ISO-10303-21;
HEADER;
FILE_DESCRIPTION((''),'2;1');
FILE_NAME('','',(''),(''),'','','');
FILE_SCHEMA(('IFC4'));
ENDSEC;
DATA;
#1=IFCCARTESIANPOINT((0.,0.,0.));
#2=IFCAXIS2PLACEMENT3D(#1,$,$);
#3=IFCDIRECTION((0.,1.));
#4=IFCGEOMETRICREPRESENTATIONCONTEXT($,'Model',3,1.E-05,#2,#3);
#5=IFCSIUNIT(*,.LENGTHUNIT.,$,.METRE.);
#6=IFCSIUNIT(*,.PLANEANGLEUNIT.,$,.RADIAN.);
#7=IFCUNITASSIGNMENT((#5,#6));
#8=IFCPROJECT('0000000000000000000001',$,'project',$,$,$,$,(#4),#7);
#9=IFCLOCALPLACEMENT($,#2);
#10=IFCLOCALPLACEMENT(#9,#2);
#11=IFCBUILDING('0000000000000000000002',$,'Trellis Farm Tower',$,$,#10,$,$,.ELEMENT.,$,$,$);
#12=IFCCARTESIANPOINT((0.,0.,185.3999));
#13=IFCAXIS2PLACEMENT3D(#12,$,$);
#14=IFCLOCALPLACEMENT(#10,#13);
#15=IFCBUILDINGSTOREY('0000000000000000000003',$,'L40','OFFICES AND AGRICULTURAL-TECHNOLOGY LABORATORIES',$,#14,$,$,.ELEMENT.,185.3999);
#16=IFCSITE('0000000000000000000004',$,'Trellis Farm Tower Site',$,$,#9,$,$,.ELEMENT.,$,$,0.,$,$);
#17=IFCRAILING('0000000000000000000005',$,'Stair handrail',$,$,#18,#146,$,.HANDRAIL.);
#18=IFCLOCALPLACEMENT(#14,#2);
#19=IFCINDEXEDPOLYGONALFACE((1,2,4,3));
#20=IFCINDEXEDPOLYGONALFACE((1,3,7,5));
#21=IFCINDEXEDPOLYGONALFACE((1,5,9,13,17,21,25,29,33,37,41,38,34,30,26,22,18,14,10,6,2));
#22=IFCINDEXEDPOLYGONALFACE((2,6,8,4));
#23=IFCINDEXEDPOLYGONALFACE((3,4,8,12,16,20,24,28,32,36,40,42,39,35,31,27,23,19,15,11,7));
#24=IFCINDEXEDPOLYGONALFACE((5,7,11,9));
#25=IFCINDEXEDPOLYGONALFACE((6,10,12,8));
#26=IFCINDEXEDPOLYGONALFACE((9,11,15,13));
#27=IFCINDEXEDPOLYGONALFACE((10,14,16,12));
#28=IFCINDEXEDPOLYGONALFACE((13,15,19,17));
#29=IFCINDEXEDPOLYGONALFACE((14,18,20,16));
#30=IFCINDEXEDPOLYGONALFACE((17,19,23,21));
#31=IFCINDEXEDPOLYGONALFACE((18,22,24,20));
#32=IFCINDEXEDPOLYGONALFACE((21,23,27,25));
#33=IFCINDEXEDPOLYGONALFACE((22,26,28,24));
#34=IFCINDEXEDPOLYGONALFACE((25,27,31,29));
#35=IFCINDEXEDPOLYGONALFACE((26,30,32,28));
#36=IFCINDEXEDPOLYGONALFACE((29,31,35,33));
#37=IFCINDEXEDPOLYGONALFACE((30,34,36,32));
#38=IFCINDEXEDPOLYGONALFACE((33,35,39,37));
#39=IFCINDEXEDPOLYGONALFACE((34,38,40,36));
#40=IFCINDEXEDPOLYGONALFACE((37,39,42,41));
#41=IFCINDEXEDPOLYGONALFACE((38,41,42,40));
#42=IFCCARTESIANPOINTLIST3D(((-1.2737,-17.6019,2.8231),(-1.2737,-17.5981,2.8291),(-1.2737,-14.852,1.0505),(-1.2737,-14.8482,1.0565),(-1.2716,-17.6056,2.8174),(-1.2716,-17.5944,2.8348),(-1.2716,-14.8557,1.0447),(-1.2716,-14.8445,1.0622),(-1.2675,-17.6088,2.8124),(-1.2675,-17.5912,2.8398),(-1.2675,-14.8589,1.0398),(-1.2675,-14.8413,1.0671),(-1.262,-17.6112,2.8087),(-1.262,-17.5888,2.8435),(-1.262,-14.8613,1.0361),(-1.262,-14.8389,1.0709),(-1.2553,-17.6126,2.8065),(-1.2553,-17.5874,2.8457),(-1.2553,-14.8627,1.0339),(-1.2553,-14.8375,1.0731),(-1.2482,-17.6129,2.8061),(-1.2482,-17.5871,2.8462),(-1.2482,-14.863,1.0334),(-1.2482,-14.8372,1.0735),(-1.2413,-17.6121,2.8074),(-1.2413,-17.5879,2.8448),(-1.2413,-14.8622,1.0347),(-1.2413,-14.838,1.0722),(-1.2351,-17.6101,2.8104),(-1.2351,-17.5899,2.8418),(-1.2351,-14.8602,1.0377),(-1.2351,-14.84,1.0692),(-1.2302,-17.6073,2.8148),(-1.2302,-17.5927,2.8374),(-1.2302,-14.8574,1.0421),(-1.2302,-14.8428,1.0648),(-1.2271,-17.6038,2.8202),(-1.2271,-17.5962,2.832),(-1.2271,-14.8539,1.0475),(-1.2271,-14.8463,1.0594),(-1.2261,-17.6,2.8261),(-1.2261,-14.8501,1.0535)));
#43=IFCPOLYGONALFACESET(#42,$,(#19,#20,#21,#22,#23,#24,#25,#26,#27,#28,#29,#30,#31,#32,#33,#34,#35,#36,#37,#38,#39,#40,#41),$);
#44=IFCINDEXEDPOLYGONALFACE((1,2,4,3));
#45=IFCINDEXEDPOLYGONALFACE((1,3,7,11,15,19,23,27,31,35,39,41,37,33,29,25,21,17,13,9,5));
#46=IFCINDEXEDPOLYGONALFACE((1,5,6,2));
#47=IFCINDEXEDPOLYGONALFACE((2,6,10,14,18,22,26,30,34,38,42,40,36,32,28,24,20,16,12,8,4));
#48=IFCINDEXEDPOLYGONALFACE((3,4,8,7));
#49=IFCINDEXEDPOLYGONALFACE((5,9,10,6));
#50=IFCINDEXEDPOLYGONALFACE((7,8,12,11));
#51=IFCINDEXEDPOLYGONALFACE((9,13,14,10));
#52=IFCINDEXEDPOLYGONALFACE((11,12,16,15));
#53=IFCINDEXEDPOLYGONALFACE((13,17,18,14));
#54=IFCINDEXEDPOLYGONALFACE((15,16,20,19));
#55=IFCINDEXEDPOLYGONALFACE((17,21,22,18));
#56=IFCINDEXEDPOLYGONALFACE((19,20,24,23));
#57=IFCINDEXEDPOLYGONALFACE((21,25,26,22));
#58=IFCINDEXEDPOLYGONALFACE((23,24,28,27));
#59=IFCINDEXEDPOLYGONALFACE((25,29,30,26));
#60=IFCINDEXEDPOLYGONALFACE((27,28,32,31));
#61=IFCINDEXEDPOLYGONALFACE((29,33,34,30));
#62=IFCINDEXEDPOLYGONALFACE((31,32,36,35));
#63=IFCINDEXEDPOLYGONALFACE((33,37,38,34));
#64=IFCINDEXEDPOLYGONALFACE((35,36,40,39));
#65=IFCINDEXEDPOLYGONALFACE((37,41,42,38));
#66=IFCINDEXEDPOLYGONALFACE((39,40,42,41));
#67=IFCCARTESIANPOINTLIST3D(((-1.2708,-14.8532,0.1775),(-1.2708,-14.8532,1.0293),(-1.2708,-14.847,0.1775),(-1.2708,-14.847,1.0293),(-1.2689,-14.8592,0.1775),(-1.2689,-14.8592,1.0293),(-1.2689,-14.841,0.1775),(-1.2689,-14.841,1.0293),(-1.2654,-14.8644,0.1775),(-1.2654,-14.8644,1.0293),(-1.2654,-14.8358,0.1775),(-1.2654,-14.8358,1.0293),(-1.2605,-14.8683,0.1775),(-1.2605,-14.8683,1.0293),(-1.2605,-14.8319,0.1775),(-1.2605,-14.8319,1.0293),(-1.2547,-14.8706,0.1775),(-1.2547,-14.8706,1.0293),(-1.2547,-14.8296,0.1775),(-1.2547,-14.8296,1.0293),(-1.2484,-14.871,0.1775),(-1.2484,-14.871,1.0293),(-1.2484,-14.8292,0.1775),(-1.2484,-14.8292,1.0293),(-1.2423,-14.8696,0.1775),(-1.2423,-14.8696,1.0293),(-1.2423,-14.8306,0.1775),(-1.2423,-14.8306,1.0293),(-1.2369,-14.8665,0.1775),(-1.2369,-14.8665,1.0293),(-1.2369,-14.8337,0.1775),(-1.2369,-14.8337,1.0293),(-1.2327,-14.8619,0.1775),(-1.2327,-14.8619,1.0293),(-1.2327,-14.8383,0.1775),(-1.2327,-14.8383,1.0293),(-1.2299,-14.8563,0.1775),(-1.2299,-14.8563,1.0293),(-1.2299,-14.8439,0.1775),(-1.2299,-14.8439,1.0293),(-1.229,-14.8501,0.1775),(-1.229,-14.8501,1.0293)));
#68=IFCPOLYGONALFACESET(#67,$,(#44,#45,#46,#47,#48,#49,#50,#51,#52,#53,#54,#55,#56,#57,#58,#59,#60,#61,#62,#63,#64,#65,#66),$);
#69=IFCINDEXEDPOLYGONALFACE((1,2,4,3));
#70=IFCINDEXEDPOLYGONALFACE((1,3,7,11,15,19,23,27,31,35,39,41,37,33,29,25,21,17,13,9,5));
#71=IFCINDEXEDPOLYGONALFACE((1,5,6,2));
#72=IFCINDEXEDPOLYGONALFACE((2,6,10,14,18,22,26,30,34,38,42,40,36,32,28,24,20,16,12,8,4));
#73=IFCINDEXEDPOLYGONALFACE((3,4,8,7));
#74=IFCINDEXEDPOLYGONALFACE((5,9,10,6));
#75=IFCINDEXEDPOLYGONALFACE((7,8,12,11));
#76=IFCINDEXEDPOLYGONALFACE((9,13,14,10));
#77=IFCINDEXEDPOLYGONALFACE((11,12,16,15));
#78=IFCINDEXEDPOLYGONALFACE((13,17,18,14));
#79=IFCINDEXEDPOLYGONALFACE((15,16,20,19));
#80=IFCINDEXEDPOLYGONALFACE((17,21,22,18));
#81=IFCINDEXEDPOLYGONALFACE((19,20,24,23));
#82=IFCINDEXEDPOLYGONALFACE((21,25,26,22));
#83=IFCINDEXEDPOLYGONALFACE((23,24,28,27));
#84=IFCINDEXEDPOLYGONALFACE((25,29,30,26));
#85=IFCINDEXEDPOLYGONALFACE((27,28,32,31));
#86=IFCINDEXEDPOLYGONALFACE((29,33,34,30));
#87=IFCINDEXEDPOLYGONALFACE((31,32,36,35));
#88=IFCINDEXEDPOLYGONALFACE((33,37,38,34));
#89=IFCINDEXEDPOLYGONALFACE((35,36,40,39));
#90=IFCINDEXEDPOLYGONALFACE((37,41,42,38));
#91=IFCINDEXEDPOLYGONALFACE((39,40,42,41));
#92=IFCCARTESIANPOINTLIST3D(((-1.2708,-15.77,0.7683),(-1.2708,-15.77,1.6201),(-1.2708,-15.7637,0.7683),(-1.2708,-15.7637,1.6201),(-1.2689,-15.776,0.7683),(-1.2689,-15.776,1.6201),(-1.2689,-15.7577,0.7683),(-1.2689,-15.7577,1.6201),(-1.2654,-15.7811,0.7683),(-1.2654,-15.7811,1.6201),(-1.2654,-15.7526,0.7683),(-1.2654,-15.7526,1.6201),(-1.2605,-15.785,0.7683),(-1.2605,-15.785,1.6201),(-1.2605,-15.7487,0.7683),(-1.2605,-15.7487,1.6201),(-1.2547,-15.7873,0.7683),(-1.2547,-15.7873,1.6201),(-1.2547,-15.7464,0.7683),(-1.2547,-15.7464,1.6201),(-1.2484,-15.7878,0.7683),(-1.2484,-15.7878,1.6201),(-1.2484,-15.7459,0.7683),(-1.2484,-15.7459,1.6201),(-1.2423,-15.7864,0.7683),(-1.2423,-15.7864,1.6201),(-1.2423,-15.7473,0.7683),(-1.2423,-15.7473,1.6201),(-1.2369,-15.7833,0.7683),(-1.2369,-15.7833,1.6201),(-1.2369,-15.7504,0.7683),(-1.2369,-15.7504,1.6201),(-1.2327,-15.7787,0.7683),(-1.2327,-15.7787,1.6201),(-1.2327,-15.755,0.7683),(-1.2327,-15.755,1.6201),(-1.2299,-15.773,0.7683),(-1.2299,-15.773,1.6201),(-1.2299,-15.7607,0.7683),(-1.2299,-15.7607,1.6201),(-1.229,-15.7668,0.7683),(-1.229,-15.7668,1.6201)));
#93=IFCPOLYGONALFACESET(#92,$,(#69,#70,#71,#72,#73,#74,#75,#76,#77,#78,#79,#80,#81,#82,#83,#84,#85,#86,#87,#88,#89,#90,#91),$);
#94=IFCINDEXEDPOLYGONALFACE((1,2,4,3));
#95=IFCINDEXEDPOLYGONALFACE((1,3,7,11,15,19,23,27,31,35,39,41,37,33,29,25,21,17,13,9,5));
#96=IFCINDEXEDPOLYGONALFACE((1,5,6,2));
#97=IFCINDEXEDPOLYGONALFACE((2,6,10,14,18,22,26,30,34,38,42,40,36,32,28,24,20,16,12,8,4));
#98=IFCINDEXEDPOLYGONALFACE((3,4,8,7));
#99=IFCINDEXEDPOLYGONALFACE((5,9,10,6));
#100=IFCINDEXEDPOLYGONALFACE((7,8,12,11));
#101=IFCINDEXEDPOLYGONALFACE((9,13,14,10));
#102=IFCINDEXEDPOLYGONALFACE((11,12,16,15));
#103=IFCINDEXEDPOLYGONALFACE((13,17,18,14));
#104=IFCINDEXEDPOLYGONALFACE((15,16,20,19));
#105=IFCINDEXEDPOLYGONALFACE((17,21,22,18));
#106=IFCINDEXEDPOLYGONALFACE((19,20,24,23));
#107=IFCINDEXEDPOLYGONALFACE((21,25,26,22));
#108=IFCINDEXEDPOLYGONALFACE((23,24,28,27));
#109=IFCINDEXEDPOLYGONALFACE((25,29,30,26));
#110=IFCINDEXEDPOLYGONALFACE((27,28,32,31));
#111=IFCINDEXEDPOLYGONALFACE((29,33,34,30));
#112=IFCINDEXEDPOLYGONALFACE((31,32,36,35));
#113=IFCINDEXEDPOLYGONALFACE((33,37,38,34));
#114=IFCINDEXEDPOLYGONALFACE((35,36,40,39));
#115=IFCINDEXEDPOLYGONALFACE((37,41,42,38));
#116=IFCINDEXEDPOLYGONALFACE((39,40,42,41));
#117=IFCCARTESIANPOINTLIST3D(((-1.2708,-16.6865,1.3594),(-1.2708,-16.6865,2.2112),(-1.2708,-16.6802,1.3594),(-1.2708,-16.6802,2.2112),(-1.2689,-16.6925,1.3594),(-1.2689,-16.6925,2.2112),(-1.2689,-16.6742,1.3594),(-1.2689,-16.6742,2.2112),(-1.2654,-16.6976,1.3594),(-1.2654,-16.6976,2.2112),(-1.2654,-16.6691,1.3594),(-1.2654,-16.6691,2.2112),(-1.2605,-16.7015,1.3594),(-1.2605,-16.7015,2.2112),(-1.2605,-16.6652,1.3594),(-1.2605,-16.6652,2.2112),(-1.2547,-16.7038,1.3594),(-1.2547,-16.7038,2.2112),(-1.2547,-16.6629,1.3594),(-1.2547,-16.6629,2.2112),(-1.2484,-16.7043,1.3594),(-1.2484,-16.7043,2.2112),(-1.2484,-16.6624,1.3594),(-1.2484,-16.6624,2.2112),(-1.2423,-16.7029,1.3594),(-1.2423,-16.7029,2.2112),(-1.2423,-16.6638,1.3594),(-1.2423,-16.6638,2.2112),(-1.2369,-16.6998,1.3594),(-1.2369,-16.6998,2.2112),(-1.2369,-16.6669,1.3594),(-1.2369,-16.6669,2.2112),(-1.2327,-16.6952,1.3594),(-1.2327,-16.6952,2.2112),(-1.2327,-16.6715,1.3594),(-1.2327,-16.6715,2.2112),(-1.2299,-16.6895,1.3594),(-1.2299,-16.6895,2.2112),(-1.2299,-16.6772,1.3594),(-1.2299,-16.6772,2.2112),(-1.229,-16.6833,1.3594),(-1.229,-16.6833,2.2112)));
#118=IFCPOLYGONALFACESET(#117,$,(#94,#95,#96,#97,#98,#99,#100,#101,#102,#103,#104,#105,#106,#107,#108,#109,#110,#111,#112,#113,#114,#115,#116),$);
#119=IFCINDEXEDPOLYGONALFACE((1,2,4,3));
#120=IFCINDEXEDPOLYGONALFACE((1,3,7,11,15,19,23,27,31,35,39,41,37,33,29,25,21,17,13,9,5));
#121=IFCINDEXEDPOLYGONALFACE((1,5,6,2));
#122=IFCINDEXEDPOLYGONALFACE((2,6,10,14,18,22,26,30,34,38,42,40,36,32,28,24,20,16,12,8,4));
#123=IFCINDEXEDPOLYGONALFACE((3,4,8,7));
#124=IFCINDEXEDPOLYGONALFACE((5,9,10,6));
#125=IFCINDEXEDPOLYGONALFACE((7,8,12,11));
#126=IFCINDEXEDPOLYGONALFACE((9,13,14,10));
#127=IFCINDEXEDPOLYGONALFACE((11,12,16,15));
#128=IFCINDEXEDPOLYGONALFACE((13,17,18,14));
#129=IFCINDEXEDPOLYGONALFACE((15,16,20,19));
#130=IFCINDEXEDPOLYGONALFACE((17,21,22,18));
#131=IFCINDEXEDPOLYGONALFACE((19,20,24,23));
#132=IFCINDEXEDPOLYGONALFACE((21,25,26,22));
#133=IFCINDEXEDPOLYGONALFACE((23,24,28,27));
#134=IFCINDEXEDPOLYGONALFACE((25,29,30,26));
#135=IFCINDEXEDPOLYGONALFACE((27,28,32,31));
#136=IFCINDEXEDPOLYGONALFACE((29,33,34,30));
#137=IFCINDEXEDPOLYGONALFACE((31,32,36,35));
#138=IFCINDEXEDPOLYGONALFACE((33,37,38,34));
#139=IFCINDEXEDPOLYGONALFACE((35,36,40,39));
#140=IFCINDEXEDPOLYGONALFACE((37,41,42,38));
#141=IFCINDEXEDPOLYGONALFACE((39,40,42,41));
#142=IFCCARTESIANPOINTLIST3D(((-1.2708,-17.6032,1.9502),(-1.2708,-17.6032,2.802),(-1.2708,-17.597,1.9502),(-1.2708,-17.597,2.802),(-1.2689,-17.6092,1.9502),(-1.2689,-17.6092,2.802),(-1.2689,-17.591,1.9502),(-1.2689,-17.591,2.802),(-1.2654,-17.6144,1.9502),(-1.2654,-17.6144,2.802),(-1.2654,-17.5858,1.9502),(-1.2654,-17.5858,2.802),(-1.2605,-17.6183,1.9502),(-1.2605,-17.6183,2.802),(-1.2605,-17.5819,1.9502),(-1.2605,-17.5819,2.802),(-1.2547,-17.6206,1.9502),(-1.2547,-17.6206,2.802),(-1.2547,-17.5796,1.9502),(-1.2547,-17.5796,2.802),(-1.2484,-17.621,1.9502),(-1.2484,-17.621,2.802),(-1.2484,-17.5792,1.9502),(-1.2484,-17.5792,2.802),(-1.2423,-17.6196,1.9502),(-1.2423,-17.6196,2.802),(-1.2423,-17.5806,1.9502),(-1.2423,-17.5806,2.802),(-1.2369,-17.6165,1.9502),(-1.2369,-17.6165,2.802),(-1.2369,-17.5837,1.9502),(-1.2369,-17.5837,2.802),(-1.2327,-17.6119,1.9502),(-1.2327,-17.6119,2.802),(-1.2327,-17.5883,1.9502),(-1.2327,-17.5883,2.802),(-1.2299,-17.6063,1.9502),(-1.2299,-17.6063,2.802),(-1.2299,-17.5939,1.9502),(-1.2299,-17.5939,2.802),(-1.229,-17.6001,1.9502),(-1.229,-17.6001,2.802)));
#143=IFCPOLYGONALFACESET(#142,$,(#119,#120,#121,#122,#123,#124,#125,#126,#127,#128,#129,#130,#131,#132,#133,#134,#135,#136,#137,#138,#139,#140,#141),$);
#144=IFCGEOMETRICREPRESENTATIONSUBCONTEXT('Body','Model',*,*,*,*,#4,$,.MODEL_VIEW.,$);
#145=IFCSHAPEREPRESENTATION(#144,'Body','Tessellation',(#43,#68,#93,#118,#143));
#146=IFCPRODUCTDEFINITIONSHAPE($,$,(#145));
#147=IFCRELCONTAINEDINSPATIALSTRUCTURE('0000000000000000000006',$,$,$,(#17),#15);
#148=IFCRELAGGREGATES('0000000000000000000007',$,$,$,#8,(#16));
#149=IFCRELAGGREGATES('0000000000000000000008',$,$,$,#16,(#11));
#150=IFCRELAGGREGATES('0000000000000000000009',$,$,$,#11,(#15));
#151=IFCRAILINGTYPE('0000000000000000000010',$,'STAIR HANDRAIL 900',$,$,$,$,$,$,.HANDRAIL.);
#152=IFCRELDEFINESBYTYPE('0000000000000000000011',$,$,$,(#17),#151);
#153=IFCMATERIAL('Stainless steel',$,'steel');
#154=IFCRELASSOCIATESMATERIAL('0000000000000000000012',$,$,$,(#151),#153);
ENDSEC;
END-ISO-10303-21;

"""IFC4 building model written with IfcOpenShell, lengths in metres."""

from ifc_helpers import new_model, si_unit, direction, frame, origin, origin_2d, place, context, subcontext, project, spatial, circle, extrude, source, transform, mapped, material, type_object, element, save


model = new_model("IFC4")

# Units and contexts
model_context = context("Model", 3, precision=1e-05, world=origin(), true_north=direction((0.0, 1.0)))
body_context = subcontext(model_context, "Body", "Model", "MODEL_VIEW")
ifc_project = project(units=[si_unit("LENGTHUNIT", "METRE"), si_unit("PLANEANGLEUNIT", "RADIAN")], contexts=[model_context])

# Site, building, storey
site_placement = place(None, origin())
site = spatial("IfcSite", under=ifc_project, at=site_placement, Name="Trellis Farm Tower Site", CompositionType="ELEMENT", RefElevation=0.0)
building_placement = place(site_placement, origin())
building = spatial("IfcBuilding", under=site, at=building_placement, Name="Trellis Farm Tower", CompositionType="ELEMENT")
storey_placement = place(building_placement, frame((0.0, 0.0, 185.3999)))
storey = spatial("IfcBuildingStorey", under=building, at=storey_placement, Name="L40", Description="OFFICES AND AGRICULTURAL-TECHNOLOGY LABORATORIES", CompositionType="ELEMENT", Elevation=185.3999)

# Railing
ifc_material_1 = material(Name="Stainless steel", Category="steel")
railing_type = type_object("IfcRailingType", Name="STAIR HANDRAIL 900", PredefinedType="HANDRAIL", material=ifc_material_1)
shared_shape_1 = source(origin(), body_context, "Body", "SweptSolid", [
    extrude(circle(Radius=0.0239, at=origin_2d()), frame((0.0, 0.0, 0.876), z_axis=(0.0, -0.840504, 0.541806), x_axis=(1.0, 0.0, 0.0)), (0.0, 0.0, 1.0), 3.2717),
    extrude(circle(Radius=0.021, at=origin_2d()), origin(), (0.0, 0.0, 1.0), 0.8518),
    extrude(circle(Radius=0.021, at=origin_2d()), frame((0.0, -0.9167, 0.5908)), (0.0, 0.0, 1.0), 0.8518),
    extrude(circle(Radius=0.021, at=origin_2d()), frame((0.0, -1.8333, 1.1819)), (0.0, 0.0, 1.0), 0.8518),
    extrude(circle(Radius=0.021, at=origin_2d()), frame((0.0, -2.75, 1.7727)), (0.0, 0.0, 1.0), 0.8518),
])
railing_placement = place(storey_placement, frame((-1.25, -14.8501, 0.1775)))
element("IfcRailing", 1, at=railing_placement, inside=storey, type_object=railing_type, Name="Stair handrail", PredefinedType="HANDRAIL", context=body_context, shape_type="MappedRepresentation", body=[
    mapped(shared_shape_1, transform((0.0, 0.0, 0.0))),
])

save(model, "model.ifc")
